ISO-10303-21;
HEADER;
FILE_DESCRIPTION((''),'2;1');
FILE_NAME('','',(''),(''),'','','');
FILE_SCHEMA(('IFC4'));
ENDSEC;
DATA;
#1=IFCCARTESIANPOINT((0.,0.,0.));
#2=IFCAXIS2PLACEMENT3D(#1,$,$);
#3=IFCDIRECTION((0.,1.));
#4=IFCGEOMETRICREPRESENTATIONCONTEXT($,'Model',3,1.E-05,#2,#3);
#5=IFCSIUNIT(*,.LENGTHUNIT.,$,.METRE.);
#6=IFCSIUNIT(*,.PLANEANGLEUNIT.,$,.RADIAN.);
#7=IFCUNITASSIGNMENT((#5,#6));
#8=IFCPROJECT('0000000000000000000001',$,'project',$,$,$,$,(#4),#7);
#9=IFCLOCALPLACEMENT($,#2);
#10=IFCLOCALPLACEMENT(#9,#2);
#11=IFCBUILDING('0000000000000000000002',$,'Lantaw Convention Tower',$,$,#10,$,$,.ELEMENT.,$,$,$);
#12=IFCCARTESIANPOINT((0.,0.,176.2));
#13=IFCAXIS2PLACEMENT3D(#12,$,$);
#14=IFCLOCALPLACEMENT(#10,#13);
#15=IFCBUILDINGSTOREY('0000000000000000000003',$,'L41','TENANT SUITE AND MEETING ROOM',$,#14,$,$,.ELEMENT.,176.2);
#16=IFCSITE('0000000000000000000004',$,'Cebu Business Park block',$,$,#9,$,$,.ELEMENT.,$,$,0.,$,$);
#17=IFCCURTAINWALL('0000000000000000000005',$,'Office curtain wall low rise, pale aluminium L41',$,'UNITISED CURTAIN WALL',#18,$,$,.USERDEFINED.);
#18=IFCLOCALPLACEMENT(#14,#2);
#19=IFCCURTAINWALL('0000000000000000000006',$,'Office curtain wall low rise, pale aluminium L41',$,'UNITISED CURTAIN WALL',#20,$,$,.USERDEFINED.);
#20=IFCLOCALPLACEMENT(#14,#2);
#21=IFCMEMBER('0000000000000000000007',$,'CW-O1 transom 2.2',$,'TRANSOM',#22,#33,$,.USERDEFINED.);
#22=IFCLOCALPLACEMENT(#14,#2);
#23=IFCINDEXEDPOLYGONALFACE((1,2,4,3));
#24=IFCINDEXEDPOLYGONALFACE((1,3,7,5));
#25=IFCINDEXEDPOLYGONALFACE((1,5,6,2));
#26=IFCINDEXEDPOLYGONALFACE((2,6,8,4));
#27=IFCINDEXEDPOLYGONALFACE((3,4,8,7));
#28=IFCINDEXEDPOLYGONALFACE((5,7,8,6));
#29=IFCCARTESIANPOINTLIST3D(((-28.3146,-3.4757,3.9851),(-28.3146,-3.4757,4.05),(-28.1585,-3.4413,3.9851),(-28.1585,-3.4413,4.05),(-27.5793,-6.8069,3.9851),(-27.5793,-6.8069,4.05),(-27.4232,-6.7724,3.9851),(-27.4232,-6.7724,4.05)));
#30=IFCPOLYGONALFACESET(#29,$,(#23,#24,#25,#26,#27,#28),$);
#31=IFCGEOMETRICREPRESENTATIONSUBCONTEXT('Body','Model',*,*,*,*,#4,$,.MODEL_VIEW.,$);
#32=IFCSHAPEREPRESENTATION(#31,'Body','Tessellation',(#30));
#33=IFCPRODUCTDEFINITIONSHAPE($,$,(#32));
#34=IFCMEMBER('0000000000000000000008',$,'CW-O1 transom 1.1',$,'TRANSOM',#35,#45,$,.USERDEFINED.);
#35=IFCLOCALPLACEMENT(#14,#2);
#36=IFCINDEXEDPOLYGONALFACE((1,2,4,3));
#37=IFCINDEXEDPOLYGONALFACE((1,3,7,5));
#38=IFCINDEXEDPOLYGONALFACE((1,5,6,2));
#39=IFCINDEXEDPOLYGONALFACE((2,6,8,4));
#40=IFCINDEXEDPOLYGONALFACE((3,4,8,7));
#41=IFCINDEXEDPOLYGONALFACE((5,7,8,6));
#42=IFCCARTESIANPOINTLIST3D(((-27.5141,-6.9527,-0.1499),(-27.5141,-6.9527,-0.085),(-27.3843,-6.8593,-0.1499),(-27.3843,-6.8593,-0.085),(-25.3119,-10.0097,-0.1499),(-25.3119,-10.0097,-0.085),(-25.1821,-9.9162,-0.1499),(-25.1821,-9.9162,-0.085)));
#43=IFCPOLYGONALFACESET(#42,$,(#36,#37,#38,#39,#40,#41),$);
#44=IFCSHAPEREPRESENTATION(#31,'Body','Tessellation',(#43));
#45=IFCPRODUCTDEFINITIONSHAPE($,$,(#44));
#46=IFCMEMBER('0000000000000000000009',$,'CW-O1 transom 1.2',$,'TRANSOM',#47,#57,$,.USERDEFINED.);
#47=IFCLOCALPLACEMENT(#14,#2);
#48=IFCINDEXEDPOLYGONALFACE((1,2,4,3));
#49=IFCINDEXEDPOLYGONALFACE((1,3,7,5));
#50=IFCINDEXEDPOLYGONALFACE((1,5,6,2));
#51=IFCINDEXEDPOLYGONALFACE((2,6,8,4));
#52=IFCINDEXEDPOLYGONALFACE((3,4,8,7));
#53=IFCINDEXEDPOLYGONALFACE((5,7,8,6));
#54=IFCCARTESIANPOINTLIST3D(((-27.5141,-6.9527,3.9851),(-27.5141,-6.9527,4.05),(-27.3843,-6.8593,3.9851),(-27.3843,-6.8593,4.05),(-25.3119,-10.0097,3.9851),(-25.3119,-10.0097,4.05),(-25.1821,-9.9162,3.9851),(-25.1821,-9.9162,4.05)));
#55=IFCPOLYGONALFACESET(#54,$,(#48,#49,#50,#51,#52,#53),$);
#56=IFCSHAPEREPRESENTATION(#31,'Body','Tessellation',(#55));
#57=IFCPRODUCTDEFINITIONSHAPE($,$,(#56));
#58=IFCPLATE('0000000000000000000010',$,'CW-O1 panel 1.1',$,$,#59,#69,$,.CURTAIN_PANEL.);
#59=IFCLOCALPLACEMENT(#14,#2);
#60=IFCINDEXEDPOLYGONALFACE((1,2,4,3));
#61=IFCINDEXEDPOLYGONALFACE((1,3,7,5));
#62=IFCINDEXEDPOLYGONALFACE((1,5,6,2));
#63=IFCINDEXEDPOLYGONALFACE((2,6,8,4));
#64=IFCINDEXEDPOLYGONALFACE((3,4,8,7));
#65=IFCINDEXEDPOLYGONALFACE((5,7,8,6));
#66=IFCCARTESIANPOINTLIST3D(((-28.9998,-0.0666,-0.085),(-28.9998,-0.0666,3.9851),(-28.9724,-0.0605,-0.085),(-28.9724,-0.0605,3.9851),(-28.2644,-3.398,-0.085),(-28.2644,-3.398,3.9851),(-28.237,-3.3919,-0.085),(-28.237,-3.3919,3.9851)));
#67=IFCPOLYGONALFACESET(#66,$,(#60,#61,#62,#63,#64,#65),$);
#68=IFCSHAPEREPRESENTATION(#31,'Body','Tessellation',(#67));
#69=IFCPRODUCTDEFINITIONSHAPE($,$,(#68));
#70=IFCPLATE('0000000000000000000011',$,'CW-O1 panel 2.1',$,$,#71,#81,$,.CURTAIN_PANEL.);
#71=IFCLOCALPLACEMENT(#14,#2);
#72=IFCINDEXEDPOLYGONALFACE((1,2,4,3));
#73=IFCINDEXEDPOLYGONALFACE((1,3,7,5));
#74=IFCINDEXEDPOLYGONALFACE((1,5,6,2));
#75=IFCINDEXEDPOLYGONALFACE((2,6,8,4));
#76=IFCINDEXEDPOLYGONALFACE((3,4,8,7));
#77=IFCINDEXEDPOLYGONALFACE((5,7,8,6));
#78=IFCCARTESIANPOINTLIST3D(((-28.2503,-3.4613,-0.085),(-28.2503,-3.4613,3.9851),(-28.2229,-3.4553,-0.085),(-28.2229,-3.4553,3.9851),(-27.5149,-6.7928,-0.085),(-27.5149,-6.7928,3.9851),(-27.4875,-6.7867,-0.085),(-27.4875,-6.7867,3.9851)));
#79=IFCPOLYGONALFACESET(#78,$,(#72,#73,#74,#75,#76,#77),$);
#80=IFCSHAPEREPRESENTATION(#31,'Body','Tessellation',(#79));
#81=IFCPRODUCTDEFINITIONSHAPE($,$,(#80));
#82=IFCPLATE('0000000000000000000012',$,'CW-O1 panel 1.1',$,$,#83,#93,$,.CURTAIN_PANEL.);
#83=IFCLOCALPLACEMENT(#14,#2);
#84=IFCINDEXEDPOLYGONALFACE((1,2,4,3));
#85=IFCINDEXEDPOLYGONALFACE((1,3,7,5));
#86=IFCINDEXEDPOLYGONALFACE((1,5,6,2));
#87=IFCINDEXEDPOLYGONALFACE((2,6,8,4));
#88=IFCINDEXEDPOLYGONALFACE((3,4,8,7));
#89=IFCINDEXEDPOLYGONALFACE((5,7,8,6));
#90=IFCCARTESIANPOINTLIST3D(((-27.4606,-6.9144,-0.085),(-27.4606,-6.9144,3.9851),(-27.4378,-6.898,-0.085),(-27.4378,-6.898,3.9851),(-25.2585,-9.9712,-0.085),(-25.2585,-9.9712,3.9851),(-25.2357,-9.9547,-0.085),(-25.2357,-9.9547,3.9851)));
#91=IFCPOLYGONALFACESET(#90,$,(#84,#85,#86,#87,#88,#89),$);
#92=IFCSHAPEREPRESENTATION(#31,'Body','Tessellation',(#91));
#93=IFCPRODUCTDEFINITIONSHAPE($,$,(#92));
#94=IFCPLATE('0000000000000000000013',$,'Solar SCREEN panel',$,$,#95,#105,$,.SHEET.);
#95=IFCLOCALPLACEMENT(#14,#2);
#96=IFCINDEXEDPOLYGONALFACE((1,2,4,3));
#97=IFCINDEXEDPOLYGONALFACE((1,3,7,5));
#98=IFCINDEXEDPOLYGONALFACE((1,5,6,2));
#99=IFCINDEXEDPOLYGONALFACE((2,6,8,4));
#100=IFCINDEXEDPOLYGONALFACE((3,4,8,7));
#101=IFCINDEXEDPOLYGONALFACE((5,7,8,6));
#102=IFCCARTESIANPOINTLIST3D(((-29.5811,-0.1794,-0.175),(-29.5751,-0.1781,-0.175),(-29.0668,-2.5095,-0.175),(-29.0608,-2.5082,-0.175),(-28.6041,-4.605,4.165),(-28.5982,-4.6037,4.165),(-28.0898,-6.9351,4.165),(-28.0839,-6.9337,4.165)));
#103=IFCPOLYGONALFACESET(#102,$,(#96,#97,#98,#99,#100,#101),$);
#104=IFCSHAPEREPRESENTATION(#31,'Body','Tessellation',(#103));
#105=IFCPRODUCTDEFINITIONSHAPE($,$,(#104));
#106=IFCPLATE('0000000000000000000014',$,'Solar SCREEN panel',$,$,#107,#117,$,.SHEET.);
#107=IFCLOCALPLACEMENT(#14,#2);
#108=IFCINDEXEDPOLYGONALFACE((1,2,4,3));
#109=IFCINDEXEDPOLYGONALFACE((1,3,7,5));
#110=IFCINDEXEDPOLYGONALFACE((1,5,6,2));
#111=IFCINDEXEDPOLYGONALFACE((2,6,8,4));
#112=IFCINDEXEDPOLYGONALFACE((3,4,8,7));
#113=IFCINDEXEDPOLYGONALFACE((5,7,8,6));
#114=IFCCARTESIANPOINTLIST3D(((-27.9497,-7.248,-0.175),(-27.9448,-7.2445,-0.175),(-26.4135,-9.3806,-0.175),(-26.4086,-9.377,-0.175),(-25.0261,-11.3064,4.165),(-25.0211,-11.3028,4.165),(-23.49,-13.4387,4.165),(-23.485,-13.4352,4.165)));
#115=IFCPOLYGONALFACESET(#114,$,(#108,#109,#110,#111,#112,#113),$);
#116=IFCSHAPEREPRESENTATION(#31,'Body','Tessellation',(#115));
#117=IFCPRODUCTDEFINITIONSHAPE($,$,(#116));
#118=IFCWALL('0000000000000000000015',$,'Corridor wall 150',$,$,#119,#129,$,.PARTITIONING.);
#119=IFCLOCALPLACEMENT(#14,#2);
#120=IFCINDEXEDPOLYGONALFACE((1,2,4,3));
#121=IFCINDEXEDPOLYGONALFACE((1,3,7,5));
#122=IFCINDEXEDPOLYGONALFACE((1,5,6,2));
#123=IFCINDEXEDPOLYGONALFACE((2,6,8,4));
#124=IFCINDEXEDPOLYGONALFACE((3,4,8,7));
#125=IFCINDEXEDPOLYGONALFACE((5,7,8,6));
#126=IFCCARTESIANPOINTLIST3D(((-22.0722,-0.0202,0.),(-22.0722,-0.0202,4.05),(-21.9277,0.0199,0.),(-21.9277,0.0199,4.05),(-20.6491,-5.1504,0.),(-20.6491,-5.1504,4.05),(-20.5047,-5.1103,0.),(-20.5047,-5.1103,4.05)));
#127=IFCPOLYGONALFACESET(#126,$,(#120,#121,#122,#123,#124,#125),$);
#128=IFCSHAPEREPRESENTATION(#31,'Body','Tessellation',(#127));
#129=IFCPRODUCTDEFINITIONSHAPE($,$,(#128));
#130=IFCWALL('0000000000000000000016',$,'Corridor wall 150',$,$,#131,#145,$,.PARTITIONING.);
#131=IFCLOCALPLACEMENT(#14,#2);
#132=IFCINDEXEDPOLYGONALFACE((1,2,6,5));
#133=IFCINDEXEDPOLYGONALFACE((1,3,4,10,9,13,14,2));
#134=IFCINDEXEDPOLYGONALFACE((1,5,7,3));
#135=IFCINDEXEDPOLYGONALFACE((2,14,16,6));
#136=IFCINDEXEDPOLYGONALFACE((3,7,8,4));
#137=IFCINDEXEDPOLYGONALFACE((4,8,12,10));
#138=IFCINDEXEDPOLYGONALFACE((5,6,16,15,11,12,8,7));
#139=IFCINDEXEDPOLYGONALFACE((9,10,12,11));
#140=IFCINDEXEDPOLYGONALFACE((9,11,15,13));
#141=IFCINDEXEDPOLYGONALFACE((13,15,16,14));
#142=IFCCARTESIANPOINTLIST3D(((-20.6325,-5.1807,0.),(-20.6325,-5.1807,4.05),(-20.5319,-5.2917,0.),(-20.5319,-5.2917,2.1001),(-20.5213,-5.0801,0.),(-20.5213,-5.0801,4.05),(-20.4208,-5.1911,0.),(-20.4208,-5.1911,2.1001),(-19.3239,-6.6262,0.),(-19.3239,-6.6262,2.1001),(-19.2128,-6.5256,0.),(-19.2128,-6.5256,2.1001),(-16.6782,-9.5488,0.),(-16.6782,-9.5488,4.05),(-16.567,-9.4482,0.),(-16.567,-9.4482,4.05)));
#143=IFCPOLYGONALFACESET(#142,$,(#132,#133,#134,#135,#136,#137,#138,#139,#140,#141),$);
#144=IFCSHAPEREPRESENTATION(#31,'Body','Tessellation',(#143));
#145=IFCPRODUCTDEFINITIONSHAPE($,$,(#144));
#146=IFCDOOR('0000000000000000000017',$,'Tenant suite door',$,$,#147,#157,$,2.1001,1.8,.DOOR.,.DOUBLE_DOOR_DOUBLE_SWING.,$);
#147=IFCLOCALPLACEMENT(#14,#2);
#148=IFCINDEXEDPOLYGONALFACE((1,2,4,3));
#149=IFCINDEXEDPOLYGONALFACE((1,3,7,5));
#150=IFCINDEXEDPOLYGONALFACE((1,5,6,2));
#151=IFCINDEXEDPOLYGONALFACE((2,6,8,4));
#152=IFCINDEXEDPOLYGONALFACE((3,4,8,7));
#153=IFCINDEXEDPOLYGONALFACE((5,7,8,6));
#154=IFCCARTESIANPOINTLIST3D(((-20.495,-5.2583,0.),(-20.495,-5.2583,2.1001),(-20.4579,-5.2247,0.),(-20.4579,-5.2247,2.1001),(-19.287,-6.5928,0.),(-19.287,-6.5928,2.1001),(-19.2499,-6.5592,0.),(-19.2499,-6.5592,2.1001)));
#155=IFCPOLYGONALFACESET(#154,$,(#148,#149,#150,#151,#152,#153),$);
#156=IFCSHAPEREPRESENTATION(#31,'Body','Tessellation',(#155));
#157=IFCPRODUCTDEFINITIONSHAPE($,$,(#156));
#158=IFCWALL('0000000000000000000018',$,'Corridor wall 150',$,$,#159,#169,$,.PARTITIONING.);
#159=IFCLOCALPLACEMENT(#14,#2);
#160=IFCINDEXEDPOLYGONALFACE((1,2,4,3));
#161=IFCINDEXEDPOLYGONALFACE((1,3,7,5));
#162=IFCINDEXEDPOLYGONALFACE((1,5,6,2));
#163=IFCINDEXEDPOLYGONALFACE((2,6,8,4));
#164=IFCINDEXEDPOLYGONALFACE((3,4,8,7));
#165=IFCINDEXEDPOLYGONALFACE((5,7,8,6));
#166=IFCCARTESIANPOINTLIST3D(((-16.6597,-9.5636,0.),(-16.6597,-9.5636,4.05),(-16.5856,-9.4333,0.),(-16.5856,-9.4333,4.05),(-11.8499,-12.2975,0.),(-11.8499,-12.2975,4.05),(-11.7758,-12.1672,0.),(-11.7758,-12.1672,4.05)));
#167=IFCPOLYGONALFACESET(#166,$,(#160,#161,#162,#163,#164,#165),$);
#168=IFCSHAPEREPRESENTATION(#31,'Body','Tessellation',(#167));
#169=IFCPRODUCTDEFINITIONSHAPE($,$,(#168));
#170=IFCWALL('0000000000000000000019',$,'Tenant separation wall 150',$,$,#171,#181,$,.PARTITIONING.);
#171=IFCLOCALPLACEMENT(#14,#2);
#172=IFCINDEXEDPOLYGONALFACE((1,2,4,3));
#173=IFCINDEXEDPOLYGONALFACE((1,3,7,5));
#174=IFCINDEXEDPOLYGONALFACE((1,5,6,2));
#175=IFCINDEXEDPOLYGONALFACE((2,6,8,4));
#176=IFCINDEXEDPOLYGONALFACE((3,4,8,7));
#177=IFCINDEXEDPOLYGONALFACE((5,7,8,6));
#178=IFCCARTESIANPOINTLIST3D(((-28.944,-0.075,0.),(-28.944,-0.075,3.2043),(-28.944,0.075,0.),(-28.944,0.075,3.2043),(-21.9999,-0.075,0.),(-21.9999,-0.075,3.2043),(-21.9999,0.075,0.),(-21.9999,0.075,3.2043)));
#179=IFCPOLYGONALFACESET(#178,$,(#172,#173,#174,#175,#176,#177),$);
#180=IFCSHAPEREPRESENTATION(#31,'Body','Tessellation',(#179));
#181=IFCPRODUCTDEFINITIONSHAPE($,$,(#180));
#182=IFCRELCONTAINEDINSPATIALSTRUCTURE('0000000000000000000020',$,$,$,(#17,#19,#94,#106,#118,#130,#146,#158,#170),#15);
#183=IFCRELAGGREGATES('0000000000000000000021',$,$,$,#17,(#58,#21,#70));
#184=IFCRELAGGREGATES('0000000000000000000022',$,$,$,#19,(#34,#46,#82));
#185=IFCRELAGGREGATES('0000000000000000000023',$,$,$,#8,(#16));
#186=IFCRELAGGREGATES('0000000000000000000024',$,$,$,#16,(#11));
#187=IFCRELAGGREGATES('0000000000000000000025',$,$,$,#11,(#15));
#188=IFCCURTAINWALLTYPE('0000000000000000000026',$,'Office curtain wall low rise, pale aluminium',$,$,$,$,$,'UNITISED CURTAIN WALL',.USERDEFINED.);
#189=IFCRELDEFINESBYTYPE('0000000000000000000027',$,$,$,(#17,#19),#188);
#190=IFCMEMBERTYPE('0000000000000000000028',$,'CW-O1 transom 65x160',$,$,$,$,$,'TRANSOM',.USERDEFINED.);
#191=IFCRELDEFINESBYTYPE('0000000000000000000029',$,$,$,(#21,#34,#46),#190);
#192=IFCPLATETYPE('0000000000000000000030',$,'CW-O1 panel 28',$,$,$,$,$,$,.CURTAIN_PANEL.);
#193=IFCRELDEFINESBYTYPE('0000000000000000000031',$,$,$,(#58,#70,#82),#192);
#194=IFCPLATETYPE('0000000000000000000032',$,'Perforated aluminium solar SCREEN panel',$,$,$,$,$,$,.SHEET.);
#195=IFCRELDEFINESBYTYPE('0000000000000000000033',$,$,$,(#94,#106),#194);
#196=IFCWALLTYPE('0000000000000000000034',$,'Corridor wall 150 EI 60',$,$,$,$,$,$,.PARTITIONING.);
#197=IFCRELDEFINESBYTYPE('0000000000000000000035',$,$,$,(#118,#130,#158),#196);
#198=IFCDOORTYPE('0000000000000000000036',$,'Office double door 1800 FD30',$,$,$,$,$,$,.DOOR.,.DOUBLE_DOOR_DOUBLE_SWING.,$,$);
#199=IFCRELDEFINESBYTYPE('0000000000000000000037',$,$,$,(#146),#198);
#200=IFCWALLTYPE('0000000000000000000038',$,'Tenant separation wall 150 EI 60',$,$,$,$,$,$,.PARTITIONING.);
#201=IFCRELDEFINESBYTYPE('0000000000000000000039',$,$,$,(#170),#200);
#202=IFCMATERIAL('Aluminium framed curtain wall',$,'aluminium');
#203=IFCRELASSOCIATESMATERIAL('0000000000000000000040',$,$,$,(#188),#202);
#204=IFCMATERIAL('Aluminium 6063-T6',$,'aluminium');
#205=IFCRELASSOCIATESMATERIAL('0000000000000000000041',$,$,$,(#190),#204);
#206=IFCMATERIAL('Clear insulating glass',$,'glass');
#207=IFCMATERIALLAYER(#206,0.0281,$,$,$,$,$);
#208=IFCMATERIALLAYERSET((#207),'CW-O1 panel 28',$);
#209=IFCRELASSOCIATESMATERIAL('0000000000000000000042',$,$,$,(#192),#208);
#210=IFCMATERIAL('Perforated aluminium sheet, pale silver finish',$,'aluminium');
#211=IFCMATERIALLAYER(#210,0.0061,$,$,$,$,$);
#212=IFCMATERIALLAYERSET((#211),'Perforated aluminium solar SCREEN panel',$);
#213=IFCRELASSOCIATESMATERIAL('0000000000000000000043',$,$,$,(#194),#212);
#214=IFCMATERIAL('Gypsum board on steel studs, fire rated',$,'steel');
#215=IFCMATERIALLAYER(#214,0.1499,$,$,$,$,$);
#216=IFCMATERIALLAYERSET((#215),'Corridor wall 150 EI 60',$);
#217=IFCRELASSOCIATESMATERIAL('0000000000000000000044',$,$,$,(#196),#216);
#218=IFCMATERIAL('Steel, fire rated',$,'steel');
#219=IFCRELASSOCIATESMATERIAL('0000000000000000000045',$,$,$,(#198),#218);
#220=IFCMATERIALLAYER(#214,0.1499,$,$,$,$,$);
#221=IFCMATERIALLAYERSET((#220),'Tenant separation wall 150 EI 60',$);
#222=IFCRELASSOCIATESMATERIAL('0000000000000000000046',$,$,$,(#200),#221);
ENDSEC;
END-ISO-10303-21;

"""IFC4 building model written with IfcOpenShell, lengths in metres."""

from ifc_helpers import new_model, si_unit, direction, frame, frame_2d, origin, origin_2d, place, context, subcontext, project, spatial, polyline, rectangle, outline, extrude, material, layer, layer_set, material_profile, profile_set, type_object, element, fill, aggregate, save


model = new_model("IFC4")

# Units and contexts
model_context = context("Model", 3, precision=1e-05, world=origin(), true_north=direction((0.0, 1.0)))
body_context = subcontext(model_context, "Body", "Model", "MODEL_VIEW")
ifc_project = project(units=[si_unit("LENGTHUNIT", "METRE"), si_unit("PLANEANGLEUNIT", "RADIAN")], contexts=[model_context])

# Site, building, storey
site_placement = place(None, origin())
site = spatial("IfcSite", under=ifc_project, at=site_placement, Name="Cebu Business Park block", CompositionType="ELEMENT", RefElevation=0.0)
building_placement = place(site_placement, origin())
building = spatial("IfcBuilding", under=site, at=building_placement, Name="Lantaw Convention Tower", CompositionType="ELEMENT")
storey_placement = place(building_placement, frame((0.0, 0.0, 176.2)))
storey = spatial("IfcBuildingStorey", under=building, at=storey_placement, Name="L41", Description="TENANT SUITE AND MEETING ROOM", CompositionType="ELEMENT", Elevation=176.2)

# Curtain wall
ifc_material_1 = material(Name="Aluminium framed curtain wall", Category="aluminium")
curtain_wall_type = type_object("IfcCurtainWallType", Name="Office curtain wall low rise, pale aluminium", ElementType="UNITISED CURTAIN WALL", PredefinedType="USERDEFINED", material=ifc_material_1)
curtain_wall_1_placement = place(storey_placement, origin())
curtain_wall_1 = element("IfcCurtainWall", 1, at=curtain_wall_1_placement, inside=storey, type_object=curtain_wall_type, Name="Office curtain wall low rise, pale aluminium L41", ObjectType="UNITISED CURTAIN WALL", PredefinedType="USERDEFINED")
ifc_material_2 = material(Name="Aluminium 6063-T6", Category="aluminium")

# Curtain wall
curtain_wall_2_placement = place(storey_placement, origin())
curtain_wall_2 = element("IfcCurtainWall", 2, at=curtain_wall_2_placement, inside=storey, type_object=curtain_wall_type, Name="Office curtain wall low rise, pale aluminium L41", ObjectType="UNITISED CURTAIN WALL", PredefinedType="USERDEFINED")

# Members
ifc_material_profile_1 = material_profile(ifc_material_2, rectangle(XDim=0.1599, YDim=0.0649, at=origin_2d()), Name="CW-O1 transom 65x160")
ifc_profile_set_1 = profile_set([ifc_material_profile_1], Name="Aluminium 6063-T6")
member_type_1 = type_object("IfcMemberType", Name="CW-O1 transom 65x160", ElementType="TRANSOM", PredefinedType="USERDEFINED", material=ifc_profile_set_1)
member_1_placement = place(storey_placement, frame((-28.2366, -3.4585, 4.0176), z_axis=(0.215551, -0.976493, 0.0), x_axis=(0.976493, 0.215551, 0.0)))
member_1 = element("IfcMember", 3, at=member_1_placement, type_object=member_type_1, Name="CW-O1 transom 2.2", ObjectType="TRANSOM", PredefinedType="USERDEFINED", context=body_context, shape_type="SweptSolid", body=[
    extrude(rectangle(XDim=0.1599, YDim=0.0649, at=origin_2d()), origin(), (0.0, 0.0, 1.0), 3.4114),
])
member_2_placement = place(storey_placement, frame((-27.4492, -6.906, -0.1174), z_axis=(0.584513, -0.811384, 0.0), x_axis=(0.811384, 0.584513, 0.0)))
member_2 = element("IfcMember", 4, at=member_2_placement, type_object=member_type_1, Name="CW-O1 transom 1.1", ObjectType="TRANSOM", PredefinedType="USERDEFINED", context=body_context, shape_type="SweptSolid", body=[
    extrude(rectangle(XDim=0.1599, YDim=0.0649, at=origin_2d()), origin(), (0.0, 0.0, 1.0), 3.7676),
])
member_3_placement = place(storey_placement, frame((-27.4492, -6.906, 4.0176), z_axis=(0.584513, -0.811384, 0.0), x_axis=(0.811384, 0.584513, 0.0)))
member_3 = element("IfcMember", 5, at=member_3_placement, type_object=member_type_1, Name="CW-O1 transom 1.2", ObjectType="TRANSOM", PredefinedType="USERDEFINED", context=body_context, shape_type="SweptSolid", body=[
    extrude(rectangle(XDim=0.1599, YDim=0.0649, at=origin_2d()), origin(), (0.0, 0.0, 1.0), 3.7676),
])

# Plates
ifc_material_3 = material(Name="Clear insulating glass", Category="glass")
ifc_layer_1 = layer(ifc_material_3, 0.0281)
ifc_layer_set_1 = layer_set([ifc_layer_1], Name="CW-O1 panel 28")
plate_type_1 = type_object("IfcPlateType", Name="CW-O1 panel 28", PredefinedType="CURTAIN_PANEL", material=ifc_layer_set_1)
plate_1_placement = place(storey_placement, frame((-28.6184, -1.7292, -0.085), z_axis=(0.0, 0.0, 1.0), x_axis=(0.215546, -0.976494, 0.0)))
plate_1 = element("IfcPlate", 6, at=plate_1_placement, type_object=plate_type_1, Name="CW-O1 panel 1.1", PredefinedType="CURTAIN_PANEL", context=body_context, shape_type="SweptSolid", body=[
    extrude(rectangle(XDim=3.4116, YDim=0.0281, at=origin_2d()), origin(), (0.0, 0.0, 1.0), 4.0701),
])
plate_2_placement = place(storey_placement, frame((-27.8689, -5.124, -0.085), z_axis=(0.0, 0.0, 1.0), x_axis=(0.215546, -0.976494, 0.0)))
plate_2 = element("IfcPlate", 7, at=plate_2_placement, type_object=plate_type_1, Name="CW-O1 panel 2.1", PredefinedType="CURTAIN_PANEL", context=body_context, shape_type="SweptSolid", body=[
    extrude(rectangle(XDim=3.4116, YDim=0.0281, at=origin_2d()), origin(), (0.0, 0.0, 1.0), 4.0701),
])
aggregate(curtain_wall_1, [plate_1, member_1, plate_2])
plate_3_placement = place(storey_placement, frame((-26.3481, -8.4346, -0.085), z_axis=(0.0, 0.0, 1.0), x_axis=(0.584513, -0.811385, 0.0)))
plate_3 = element("IfcPlate", 8, at=plate_3_placement, type_object=plate_type_1, Name="CW-O1 panel 1.1", PredefinedType="CURTAIN_PANEL", context=body_context, shape_type="SweptSolid", body=[
    extrude(rectangle(XDim=3.7673, YDim=0.0281, at=origin_2d()), origin(), (0.0, 0.0, 1.0), 4.0701),
])
aggregate(curtain_wall_2, [member_2, member_3, plate_3])

# Plates
ifc_material_4 = material(Name="Perforated aluminium sheet, pale silver finish", Category="aluminium")
ifc_layer_2 = layer(ifc_material_4, 0.0061)
ifc_layer_set_2 = layer_set([ifc_layer_2], Name="Perforated aluminium solar SCREEN panel")
plate_type_2 = type_object("IfcPlateType", Name="Perforated aluminium solar SCREEN panel", PredefinedType="SHEET", material=ifc_layer_set_2)
plate_4_placement = place(storey_placement, frame((-29.5811, -0.1794, -0.175), z_axis=(-0.976498, -0.215527, 0.000033), x_axis=(0.215527, -0.976498, 0.0)))
element("IfcPlate", 9, at=plate_4_placement, inside=storey, type_object=plate_type_2, Name="Solar SCREEN panel", PredefinedType="SHEET", context=body_context, shape_type="SweptSolid", body=[
    extrude(outline(polyline([(0.0, 0.0), (2.3862, 0.0), (6.9182, 4.3401), (4.5321, 4.3401), (0.0, 0.0)])), origin(), (0.0, 0.0, -1.0), 0.0061),
])
plate_5_placement = place(storey_placement, frame((-27.9497, -7.248, -0.175), z_axis=(-0.811395, -0.584498, 0.000036), x_axis=(0.584498, -0.811395, 0.0)))
element("IfcPlate", 10, at=plate_5_placement, inside=storey, type_object=plate_type_2, Name="Solar SCREEN panel", PredefinedType="SHEET", context=body_context, shape_type="SweptSolid", body=[
    extrude(outline(polyline([(0.0, 0.0), (2.6282, 0.0), (7.6298, 4.3401), (5.0018, 4.3401), (0.0, 0.0)])), origin(), (0.0, 0.0, -1.0), 0.0061),
])

# Wall
ifc_material_5 = material(Name="Gypsum board on steel studs, fire rated", Category="steel")
ifc_layer_3 = layer(ifc_material_5, 0.1499)
ifc_layer_set_3 = layer_set([ifc_layer_3], Name="Corridor wall 150 EI 60")
wall_type_1 = type_object("IfcWallType", Name="Corridor wall 150 EI 60", PredefinedType="PARTITIONING", material=ifc_layer_set_3)
wall_1_placement = place(storey_placement, frame((-22.0, 0.0, 0.0), z_axis=(0.0, 0.0, 1.0), x_axis=(0.267294, -0.963615, 0.0)))
element("IfcWall", 11, at=wall_1_placement, inside=storey, type_object=wall_type_1, Name="Corridor wall 150", PredefinedType="PARTITIONING", context=body_context, shape_type="SweptSolid", body=[
    extrude(rectangle(XDim=5.324, YDim=0.1499, at=frame_2d((2.6621, 0.0))), origin(), (0.0, 0.0, 1.0), 4.05),
])

# Wall, opening, door
wall_2_placement = place(storey_placement, frame((-20.5769, -5.1304, 0.0), z_axis=(0.0, 0.0, 1.0), x_axis=(0.671118, -0.74135, 0.0)))
wall_2 = element("IfcWall", 12, at=wall_2_placement, inside=storey, type_object=wall_type_1, Name="Corridor wall 150", PredefinedType="PARTITIONING", context=body_context, shape_type="SweptSolid", body=[
    extrude(rectangle(XDim=5.8921, YDim=0.1499, at=frame_2d((2.946, 0.0))), origin(), (0.0, 0.0, 1.0), 4.05),
])
opening_placement = place(wall_2_placement, frame((0.1499, 0.0, 0.0)))
opening = element("IfcOpeningElement", 13, at=opening_placement, cuts=wall_2, PredefinedType="OPENING", context=body_context, shape_type="SweptSolid", body=[
    extrude(rectangle(XDim=1.8, YDim=2.1001, at=frame_2d((0.8999, 1.05))), frame((0.0, 0.085, 0.0), z_axis=(0.0, -1.0, 0.0), x_axis=(1.0, 0.0, 0.0)), (0.0, 0.0, 1.0), 0.1699),
])
ifc_material_6 = material(Name="Steel, fire rated", Category="steel")
door_type = type_object("IfcDoorType", Name="Office double door 1800 FD30", OperationType="DOUBLE_DOOR_DOUBLE_SWING", PredefinedType="DOOR", material=ifc_material_6)
door_placement = place(opening_placement, origin())
door = element("IfcDoor", 14, at=door_placement, inside=storey, type_object=door_type, Name="Tenant suite door", OperationType="DOUBLE_DOOR_DOUBLE_SWING", OverallHeight=2.1001, OverallWidth=1.8, PredefinedType="DOOR", context=body_context, shape_type="SweptSolid", body=[
    extrude(rectangle(XDim=1.8, YDim=2.1001, at=frame_2d((0.8999, 1.05))), frame((0.0, 0.0249, 0.0), z_axis=(0.0, -1.0, 0.0), x_axis=(1.0, 0.0, 0.0)), (0.0, 0.0, 1.0), 0.05),
])
fill(opening, door)

# Walls
wall_3_placement = place(storey_placement, frame((-16.6226, -9.4985, 0.0), z_axis=(0.0, 0.0, 1.0), x_axis=(0.869376, -0.494151, 0.0)))
element("IfcWall", 15, at=wall_3_placement, inside=storey, type_object=wall_type_1, Name="Corridor wall 150", PredefinedType="PARTITIONING", context=body_context, shape_type="SweptSolid", body=[
    extrude(rectangle(XDim=5.5325, YDim=0.1499, at=frame_2d((2.7661, 0.0))), origin(), (0.0, 0.0, 1.0), 4.05),
])
ifc_layer_4 = layer(ifc_material_5, 0.1499)
ifc_layer_set_4 = layer_set([ifc_layer_4], Name="Tenant separation wall 150 EI 60")
wall_type_2 = type_object("IfcWallType", Name="Tenant separation wall 150 EI 60", PredefinedType="PARTITIONING", material=ifc_layer_set_4)
wall_4_placement = place(storey_placement, frame((-28.9441, 0.0, 0.0), z_axis=(0.0, 0.0, 1.0), x_axis=(1.0, 0.0, 0.0)))
element("IfcWall", 16, at=wall_4_placement, inside=storey, type_object=wall_type_2, Name="Tenant separation wall 150", PredefinedType="PARTITIONING", context=body_context, shape_type="SweptSolid", body=[
    extrude(rectangle(XDim=6.9441, YDim=0.1499, at=frame_2d((3.4722, 0.0))), origin(), (0.0, 0.0, 1.0), 3.2043),
])

save(model, "model.ifc")
